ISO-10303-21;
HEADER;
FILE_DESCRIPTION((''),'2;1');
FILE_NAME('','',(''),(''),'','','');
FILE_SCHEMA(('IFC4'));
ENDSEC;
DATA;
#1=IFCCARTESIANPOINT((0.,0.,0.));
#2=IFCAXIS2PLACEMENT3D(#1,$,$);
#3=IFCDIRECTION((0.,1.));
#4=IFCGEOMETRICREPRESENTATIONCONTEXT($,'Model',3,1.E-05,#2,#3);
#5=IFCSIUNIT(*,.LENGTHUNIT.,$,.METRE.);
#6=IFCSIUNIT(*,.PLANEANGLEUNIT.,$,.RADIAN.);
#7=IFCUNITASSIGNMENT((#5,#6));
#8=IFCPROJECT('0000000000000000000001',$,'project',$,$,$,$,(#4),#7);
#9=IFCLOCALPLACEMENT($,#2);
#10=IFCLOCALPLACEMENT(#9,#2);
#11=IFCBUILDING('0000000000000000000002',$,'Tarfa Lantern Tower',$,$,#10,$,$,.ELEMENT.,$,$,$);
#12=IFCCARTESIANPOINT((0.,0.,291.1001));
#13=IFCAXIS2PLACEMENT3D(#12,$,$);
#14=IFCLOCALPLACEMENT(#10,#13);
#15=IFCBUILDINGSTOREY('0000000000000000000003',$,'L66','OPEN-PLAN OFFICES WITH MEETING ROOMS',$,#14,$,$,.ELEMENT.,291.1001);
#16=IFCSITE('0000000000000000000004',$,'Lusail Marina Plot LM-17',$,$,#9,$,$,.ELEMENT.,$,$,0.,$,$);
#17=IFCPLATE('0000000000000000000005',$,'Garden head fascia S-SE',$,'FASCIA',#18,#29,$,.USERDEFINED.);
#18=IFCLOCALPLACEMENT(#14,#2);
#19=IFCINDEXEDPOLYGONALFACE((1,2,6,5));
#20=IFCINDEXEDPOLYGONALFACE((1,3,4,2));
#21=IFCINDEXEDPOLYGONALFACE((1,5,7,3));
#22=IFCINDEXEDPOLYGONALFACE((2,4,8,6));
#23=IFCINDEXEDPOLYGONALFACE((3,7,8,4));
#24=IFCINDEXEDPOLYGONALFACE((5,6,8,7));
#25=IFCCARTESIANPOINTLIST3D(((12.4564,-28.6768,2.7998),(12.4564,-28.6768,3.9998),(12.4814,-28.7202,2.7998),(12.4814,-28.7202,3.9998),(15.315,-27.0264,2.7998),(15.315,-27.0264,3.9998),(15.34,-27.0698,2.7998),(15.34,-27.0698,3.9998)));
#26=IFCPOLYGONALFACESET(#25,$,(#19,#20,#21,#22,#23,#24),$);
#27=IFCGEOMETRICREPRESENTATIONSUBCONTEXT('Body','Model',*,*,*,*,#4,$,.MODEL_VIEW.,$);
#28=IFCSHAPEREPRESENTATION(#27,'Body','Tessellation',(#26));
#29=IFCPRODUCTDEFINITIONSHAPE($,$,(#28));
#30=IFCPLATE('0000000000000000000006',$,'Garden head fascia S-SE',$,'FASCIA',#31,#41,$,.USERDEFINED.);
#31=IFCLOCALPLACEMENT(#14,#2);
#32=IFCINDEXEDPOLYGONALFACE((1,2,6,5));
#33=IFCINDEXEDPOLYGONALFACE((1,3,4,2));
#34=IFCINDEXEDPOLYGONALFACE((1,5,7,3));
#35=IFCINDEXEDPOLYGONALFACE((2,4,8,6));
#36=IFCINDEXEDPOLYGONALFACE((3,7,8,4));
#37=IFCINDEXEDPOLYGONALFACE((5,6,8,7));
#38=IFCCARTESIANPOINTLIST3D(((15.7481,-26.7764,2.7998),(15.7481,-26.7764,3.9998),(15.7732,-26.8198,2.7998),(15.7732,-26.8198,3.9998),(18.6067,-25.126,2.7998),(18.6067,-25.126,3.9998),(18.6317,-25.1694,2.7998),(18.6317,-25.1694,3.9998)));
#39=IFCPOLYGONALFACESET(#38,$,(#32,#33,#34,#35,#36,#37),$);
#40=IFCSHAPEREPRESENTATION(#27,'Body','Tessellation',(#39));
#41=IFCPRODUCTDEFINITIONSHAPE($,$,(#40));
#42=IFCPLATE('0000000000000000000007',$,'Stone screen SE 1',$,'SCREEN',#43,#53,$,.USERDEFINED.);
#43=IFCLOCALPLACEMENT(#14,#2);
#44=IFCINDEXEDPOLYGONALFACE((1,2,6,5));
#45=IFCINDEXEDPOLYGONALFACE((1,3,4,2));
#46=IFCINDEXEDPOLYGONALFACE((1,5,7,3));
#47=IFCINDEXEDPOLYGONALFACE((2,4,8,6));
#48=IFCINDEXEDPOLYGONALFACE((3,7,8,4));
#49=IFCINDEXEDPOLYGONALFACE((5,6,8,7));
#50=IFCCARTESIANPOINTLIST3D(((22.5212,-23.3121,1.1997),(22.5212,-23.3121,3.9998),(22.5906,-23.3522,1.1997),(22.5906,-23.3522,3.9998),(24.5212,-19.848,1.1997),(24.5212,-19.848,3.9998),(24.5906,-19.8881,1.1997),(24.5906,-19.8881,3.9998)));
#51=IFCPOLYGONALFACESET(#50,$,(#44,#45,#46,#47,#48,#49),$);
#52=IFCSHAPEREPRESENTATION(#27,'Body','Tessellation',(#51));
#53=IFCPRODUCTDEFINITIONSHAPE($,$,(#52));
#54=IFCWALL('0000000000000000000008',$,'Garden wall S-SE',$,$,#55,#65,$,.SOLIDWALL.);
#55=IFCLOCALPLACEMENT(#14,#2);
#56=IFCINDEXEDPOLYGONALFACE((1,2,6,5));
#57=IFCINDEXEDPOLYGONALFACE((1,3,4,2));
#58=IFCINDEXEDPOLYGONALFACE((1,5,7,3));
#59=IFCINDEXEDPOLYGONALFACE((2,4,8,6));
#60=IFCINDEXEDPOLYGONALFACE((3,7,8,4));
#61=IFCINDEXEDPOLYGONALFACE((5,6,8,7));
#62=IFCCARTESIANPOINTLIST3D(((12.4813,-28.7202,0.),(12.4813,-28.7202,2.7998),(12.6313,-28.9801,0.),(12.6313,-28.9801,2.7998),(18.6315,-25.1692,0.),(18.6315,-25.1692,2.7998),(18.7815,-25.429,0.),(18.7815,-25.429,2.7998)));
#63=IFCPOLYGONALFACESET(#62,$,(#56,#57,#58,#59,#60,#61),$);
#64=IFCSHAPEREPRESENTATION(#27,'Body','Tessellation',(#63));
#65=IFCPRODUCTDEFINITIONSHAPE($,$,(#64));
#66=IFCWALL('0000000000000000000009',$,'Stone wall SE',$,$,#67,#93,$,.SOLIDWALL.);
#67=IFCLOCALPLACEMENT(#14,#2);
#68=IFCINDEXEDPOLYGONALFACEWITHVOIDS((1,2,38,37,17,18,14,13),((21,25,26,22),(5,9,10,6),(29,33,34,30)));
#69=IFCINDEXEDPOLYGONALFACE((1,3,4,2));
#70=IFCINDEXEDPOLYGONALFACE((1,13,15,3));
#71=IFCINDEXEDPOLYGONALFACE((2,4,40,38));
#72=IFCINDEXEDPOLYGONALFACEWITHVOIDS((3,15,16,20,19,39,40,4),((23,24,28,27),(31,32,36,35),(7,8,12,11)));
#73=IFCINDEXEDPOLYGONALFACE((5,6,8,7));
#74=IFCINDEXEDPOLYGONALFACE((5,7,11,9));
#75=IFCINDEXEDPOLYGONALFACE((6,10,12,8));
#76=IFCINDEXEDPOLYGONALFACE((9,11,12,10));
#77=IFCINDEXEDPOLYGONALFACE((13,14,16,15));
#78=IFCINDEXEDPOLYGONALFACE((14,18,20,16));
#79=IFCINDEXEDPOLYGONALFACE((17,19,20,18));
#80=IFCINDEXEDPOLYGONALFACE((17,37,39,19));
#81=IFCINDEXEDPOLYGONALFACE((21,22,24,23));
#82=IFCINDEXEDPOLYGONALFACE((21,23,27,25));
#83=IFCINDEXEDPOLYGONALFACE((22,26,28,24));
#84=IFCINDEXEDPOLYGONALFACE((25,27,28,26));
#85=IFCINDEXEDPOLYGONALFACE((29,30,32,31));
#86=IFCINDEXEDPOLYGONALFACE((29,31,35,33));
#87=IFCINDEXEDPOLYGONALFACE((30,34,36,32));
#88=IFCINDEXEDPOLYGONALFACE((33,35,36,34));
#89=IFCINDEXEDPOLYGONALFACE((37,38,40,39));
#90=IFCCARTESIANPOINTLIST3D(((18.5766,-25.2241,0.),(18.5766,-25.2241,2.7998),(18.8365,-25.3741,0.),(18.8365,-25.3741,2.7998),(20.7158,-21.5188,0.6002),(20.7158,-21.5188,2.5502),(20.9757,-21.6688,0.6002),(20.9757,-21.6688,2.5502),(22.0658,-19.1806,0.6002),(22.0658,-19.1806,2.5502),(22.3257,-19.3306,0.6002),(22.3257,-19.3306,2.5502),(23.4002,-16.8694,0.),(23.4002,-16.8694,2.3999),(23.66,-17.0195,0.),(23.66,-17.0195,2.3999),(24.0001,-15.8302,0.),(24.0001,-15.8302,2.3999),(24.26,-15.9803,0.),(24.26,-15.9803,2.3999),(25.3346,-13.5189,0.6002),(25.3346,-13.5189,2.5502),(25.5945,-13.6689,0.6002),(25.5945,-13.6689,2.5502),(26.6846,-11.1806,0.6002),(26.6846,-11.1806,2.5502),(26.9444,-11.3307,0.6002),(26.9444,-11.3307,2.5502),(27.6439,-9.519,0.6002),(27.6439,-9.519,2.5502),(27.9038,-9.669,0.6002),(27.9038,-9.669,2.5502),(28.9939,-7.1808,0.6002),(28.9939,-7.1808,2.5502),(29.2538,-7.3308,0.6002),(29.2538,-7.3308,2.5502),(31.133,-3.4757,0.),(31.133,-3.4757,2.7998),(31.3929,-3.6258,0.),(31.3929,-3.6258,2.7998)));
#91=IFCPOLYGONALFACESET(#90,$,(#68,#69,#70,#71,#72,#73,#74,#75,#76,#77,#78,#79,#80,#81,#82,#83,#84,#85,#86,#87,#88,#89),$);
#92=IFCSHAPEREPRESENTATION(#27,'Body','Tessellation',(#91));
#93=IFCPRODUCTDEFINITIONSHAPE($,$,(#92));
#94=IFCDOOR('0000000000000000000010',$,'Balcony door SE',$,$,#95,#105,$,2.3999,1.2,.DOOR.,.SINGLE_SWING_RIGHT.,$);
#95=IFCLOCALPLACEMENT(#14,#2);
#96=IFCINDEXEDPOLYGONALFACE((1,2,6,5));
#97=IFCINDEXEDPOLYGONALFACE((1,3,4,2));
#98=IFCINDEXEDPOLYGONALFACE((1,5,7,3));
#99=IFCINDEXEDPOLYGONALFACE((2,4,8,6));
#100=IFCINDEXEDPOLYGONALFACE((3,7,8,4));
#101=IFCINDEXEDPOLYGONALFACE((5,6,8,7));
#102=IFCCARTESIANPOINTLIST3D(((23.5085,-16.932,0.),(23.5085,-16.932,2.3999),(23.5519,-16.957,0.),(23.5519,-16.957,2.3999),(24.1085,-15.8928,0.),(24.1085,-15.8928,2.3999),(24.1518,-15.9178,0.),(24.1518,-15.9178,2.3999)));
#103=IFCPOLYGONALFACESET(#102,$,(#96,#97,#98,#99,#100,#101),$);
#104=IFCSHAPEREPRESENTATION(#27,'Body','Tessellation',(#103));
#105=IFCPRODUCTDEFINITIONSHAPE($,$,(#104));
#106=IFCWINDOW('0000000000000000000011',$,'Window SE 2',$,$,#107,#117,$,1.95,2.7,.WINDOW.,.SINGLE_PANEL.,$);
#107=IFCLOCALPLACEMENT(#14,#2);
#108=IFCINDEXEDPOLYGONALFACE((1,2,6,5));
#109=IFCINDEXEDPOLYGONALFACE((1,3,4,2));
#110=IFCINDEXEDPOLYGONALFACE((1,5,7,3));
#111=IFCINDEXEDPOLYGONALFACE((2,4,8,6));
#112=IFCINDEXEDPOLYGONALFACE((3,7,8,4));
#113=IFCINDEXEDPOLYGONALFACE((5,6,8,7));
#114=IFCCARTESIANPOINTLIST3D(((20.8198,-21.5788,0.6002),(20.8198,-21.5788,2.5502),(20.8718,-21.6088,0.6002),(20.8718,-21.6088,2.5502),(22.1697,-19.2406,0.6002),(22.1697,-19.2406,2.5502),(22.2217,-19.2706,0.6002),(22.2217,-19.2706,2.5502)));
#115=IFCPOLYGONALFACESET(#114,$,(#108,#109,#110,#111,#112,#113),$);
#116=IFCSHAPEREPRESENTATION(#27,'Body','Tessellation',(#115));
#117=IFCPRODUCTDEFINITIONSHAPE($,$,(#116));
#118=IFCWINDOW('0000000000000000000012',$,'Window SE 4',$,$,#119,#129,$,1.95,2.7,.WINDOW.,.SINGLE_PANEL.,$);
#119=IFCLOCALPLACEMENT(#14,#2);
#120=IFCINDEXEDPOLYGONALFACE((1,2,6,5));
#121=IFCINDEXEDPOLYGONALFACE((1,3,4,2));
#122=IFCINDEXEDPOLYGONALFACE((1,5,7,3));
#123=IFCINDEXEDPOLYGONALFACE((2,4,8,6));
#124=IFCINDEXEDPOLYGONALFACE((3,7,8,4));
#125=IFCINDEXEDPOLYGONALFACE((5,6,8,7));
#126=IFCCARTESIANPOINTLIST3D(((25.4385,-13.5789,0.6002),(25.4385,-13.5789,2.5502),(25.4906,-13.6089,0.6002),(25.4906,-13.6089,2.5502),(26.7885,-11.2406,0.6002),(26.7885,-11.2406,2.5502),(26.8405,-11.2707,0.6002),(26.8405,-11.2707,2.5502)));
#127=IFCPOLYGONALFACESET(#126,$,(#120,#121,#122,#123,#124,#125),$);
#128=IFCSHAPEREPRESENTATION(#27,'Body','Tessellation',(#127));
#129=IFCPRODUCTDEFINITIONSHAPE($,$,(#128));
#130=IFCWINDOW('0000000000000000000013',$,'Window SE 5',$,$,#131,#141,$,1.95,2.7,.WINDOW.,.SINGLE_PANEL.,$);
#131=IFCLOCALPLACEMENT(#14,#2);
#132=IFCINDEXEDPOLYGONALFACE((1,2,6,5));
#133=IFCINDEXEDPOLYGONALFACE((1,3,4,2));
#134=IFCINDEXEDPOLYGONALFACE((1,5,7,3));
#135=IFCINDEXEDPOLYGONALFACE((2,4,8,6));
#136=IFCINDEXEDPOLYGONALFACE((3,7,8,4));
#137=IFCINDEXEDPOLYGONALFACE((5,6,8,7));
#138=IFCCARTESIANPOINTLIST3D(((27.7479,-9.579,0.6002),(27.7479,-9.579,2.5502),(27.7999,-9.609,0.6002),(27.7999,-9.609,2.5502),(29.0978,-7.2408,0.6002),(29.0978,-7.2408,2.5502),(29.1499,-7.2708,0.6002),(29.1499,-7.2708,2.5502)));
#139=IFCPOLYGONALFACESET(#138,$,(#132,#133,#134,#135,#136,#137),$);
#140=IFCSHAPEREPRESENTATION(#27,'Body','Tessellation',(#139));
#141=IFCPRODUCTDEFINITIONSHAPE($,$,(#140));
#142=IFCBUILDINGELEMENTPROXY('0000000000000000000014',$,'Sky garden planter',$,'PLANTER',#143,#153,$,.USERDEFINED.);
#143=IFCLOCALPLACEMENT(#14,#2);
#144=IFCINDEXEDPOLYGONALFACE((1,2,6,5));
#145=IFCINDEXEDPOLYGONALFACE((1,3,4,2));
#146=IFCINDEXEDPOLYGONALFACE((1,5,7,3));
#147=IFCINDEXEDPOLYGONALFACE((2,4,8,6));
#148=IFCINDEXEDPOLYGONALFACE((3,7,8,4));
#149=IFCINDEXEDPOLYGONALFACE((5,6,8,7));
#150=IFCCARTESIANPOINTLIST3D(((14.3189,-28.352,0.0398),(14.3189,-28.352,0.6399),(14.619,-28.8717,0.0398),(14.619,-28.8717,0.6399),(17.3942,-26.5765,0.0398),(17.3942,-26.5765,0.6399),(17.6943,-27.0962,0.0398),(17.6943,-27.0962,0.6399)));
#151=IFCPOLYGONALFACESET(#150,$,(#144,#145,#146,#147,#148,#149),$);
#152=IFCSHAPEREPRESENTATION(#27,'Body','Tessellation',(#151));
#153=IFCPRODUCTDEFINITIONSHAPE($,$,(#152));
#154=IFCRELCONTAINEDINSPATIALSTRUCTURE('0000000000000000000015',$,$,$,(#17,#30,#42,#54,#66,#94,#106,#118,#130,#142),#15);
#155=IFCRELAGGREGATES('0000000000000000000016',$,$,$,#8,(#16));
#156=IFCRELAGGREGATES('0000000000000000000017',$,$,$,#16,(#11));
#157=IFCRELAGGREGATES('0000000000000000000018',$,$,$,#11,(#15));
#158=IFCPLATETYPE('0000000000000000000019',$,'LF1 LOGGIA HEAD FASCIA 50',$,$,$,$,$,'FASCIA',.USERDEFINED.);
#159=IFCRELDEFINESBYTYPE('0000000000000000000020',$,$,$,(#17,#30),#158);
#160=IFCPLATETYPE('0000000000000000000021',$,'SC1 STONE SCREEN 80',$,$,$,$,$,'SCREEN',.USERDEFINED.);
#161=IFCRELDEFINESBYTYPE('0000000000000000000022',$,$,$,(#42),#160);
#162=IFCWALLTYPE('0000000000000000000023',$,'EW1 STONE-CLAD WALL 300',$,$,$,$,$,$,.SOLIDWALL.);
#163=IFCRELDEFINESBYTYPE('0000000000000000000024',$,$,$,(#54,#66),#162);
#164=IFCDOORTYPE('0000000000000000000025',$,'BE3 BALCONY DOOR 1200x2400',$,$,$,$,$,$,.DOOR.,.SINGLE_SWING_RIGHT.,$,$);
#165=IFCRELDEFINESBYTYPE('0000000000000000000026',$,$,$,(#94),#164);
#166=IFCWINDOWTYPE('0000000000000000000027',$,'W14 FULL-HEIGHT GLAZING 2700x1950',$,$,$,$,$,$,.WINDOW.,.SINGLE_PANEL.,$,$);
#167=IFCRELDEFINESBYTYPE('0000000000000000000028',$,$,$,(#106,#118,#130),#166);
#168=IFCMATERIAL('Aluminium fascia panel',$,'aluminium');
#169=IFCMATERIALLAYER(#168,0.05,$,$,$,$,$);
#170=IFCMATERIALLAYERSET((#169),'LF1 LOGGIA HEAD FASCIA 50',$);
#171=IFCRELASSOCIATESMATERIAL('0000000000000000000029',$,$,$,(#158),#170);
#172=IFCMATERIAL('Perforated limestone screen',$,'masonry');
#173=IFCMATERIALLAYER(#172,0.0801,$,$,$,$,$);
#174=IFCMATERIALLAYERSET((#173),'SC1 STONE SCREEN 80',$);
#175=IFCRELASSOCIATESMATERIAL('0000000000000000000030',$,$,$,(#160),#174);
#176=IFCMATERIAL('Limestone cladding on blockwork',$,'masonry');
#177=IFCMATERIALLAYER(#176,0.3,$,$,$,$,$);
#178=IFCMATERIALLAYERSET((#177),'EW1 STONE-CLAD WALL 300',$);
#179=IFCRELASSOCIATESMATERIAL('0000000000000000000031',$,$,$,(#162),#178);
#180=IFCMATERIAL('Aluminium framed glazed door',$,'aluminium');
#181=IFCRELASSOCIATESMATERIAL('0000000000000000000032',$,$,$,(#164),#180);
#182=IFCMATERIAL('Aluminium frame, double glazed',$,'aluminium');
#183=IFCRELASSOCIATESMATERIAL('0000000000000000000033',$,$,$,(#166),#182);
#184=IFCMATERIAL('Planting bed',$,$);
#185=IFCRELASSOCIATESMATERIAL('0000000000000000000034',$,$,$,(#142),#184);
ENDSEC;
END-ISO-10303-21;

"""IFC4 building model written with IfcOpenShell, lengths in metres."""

from ifc_helpers import new_model, si_unit, direction, frame, frame_2d, origin, origin_2d, place, context, subcontext, project, spatial, rectangle, extrude, material, layer, layer_set, type_object, element, fill, save


model = new_model("IFC4")

# Units and contexts
model_context = context("Model", 3, precision=1e-05, world=origin(), true_north=direction((0.0, 1.0)))
body_context = subcontext(model_context, "Body", "Model", "MODEL_VIEW")
ifc_project = project(units=[si_unit("LENGTHUNIT", "METRE"), si_unit("PLANEANGLEUNIT", "RADIAN")], contexts=[model_context])

# Site, building, storey
site_placement = place(None, origin())
site = spatial("IfcSite", under=ifc_project, at=site_placement, Name="Lusail Marina Plot LM-17", CompositionType="ELEMENT", RefElevation=0.0)
building_placement = place(site_placement, origin())
building = spatial("IfcBuilding", under=site, at=building_placement, Name="Tarfa Lantern Tower", CompositionType="ELEMENT")
storey_placement = place(building_placement, frame((0.0, 0.0, 291.1001)))
storey = spatial("IfcBuildingStorey", under=building, at=storey_placement, Name="L66", Description="OPEN-PLAN OFFICES WITH MEETING ROOMS", CompositionType="ELEMENT", Elevation=291.1001)

# Plates
ifc_material_1 = material(Name="Aluminium fascia panel", Category="aluminium")
ifc_layer_1 = layer(ifc_material_1, 0.05)
ifc_layer_set_1 = layer_set([ifc_layer_1], Name="LF1 LOGGIA HEAD FASCIA 50")
plate_type_1 = type_object("IfcPlateType", Name="LF1 LOGGIA HEAD FASCIA 50", ElementType="FASCIA", PredefinedType="USERDEFINED", material=ifc_layer_set_1)
for number, where, z_axis, x_axis, name in (
    (1, (13.8982, -27.8733, 2.7998), (0.0, 0.0, 1.0), (0.866025, 0.5, 0.0), "Garden head fascia S-SE"),
    (2, (17.1899, -25.9729, 2.7998), (0.0, 0.0, 1.0), (0.866025, 0.5, 0.0), "Garden head fascia S-SE"),
):
    element("IfcPlate", number, at=place(storey_placement, frame(where, z_axis=z_axis, x_axis=x_axis)), inside=storey, type_object=plate_type_1, Name=name, ObjectType="FASCIA", PredefinedType="USERDEFINED", context=body_context, shape_type="SweptSolid", body=[
        extrude(rectangle(XDim=3.3008, YDim=0.05, at=origin_2d()), origin(), (0.0, 0.0, 1.0), 1.2),
    ])
ifc_material_2 = material(Name="Perforated limestone screen", Category="masonry")
ifc_layer_2 = layer(ifc_material_2, 0.0801)
ifc_layer_set_2 = layer_set([ifc_layer_2], Name="SC1 STONE SCREEN 80")
plate_type_2 = type_object("IfcPlateType", Name="SC1 STONE SCREEN 80", ElementType="SCREEN", PredefinedType="USERDEFINED", material=ifc_layer_set_2)
plate_placement = place(storey_placement, frame((23.5559, -21.6001, 1.1997), z_axis=(0.0, 0.0, 1.0), x_axis=(0.5, 0.866025, 0.0)))
element("IfcPlate", 3, at=plate_placement, inside=storey, type_object=plate_type_2, Name="Stone screen SE 1", ObjectType="SCREEN", PredefinedType="USERDEFINED", context=body_context, shape_type="SweptSolid", body=[
    extrude(rectangle(XDim=4.0, YDim=0.0801, at=origin_2d()), origin(), (0.0, 0.0, 1.0), 2.8),
])

# Wall
ifc_material_3 = material(Name="Limestone cladding on blockwork", Category="masonry")
ifc_layer_3 = layer(ifc_material_3, 0.3)
ifc_layer_set_3 = layer_set([ifc_layer_3], Name="EW1 STONE-CLAD WALL 300")
wall_type = type_object("IfcWallType", Name="EW1 STONE-CLAD WALL 300", PredefinedType="SOLIDWALL", material=ifc_layer_set_3)
wall_1_placement = place(storey_placement, frame((12.5564, -28.8501, 0.0), z_axis=(0.0, 0.0, 1.0), x_axis=(0.866011, 0.500025, 0.0)))
element("IfcWall", 4, at=wall_1_placement, inside=storey, type_object=wall_type, Name="Garden wall S-SE", PredefinedType="SOLIDWALL", context=body_context, shape_type="SweptSolid", body=[
    extrude(rectangle(XDim=7.1018, YDim=0.3, at=frame_2d((3.5508, 0.0))), origin(), (0.0, 0.0, 1.0), 2.7998),
])

# Wall, openings, door, windows
wall_2_placement = place(storey_placement, frame((18.7065, -25.2991, 0.0), z_axis=(0.0, 0.0, 1.0), x_axis=(0.5, 0.866025, 0.0)))
wall_2 = element("IfcWall", 5, at=wall_2_placement, inside=storey, type_object=wall_type, Name="Stone wall SE", PredefinedType="SOLIDWALL", context=body_context, shape_type="SweptSolid", body=[
    extrude(rectangle(XDim=25.1128, YDim=0.3, at=frame_2d((12.5564, 0.0))), origin(), (0.0, 0.0, 1.0), 2.7998),
])
opening_1_placement = place(wall_2_placement, frame((4.2783, 0.0, 0.6001)))
opening_1 = element("IfcOpeningElement", 6, at=opening_1_placement, cuts=wall_2, PredefinedType="OPENING", context=body_context, shape_type="SweptSolid", body=[
    extrude(rectangle(XDim=2.7, YDim=1.95, at=frame_2d((1.3501, 0.9751))), frame((0.0, 0.1599, 0.0), z_axis=(0.0, -1.0, 0.0), x_axis=(1.0, 0.0, 0.0)), (0.0, 0.0, 1.0), 0.3201),
])
opening_2_placement = place(wall_2_placement, frame((9.647, 0.0, 0.0)))
opening_2 = element("IfcOpeningElement", 7, at=opening_2_placement, cuts=wall_2, PredefinedType="OPENING", context=body_context, shape_type="SweptSolid", body=[
    extrude(rectangle(XDim=1.2, YDim=2.3999, at=frame_2d((0.6001, 1.2))), frame((0.0, 0.1599, 0.0), z_axis=(0.0, -1.0, 0.0), x_axis=(1.0, 0.0, 0.0)), (0.0, 0.0, 1.0), 0.3201),
])
opening_3_placement = place(wall_2_placement, frame((13.5159, 0.0, 0.6001)))
opening_3 = element("IfcOpeningElement", 8, at=opening_3_placement, cuts=wall_2, PredefinedType="OPENING", context=body_context, shape_type="SweptSolid", body=[
    extrude(rectangle(XDim=2.7, YDim=1.95, at=frame_2d((1.3501, 0.9751))), frame((0.0, 0.1599, 0.0), z_axis=(0.0, -1.0, 0.0), x_axis=(1.0, 0.0, 0.0)), (0.0, 0.0, 1.0), 0.3201),
])
opening_4_placement = place(wall_2_placement, frame((18.1345, 0.0, 0.6001)))
opening_4 = element("IfcOpeningElement", 9, at=opening_4_placement, cuts=wall_2, PredefinedType="OPENING", context=body_context, shape_type="SweptSolid", body=[
    extrude(rectangle(XDim=2.7, YDim=1.95, at=frame_2d((1.3501, 0.9751))), frame((0.0, 0.1599, 0.0), z_axis=(0.0, -1.0, 0.0), x_axis=(1.0, 0.0, 0.0)), (0.0, 0.0, 1.0), 0.3201),
])
ifc_material_4 = material(Name="Aluminium framed glazed door", Category="aluminium")
door_type = type_object("IfcDoorType", Name="BE3 BALCONY DOOR 1200x2400", OperationType="SINGLE_SWING_RIGHT", PredefinedType="DOOR", material=ifc_material_4)
door_placement = place(opening_2_placement, origin())
door = element("IfcDoor", 10, at=door_placement, inside=storey, type_object=door_type, Name="Balcony door SE", OperationType="SINGLE_SWING_RIGHT", OverallHeight=2.3999, OverallWidth=1.2, PredefinedType="DOOR", context=body_context, shape_type="SweptSolid", body=[
    extrude(rectangle(XDim=1.2, YDim=2.3999, at=frame_2d((0.6001, 1.2))), frame((0.0, 0.0249, 0.0), z_axis=(0.0, -1.0, 0.0), x_axis=(1.0, 0.0, 0.0)), (0.0, 0.0, 1.0), 0.05),
])
fill(opening_2, door)
ifc_material_5 = material(Name="Aluminium frame, double glazed", Category="aluminium")
window_type = type_object("IfcWindowType", Name="W14 FULL-HEIGHT GLAZING 2700x1950", PartitioningType="SINGLE_PANEL", PredefinedType="WINDOW", material=ifc_material_5)
window_1_placement = place(opening_1_placement, origin())
window_1 = element("IfcWindow", 11, at=window_1_placement, inside=storey, type_object=window_type, Name="Window SE 2", OverallHeight=1.95, OverallWidth=2.7, PartitioningType="SINGLE_PANEL", PredefinedType="WINDOW", context=body_context, shape_type="SweptSolid", body=[
    extrude(rectangle(XDim=2.7, YDim=1.95, at=frame_2d((1.3501, 0.9751))), frame((0.0, 0.03, 0.0), z_axis=(0.0, -1.0, 0.0), x_axis=(1.0, 0.0, 0.0)), (0.0, 0.0, 1.0), 0.0601),
])
fill(opening_1, window_1)
window_2_placement = place(opening_3_placement, origin())
window_2 = element("IfcWindow", 12, at=window_2_placement, inside=storey, type_object=window_type, Name="Window SE 4", OverallHeight=1.95, OverallWidth=2.7, PartitioningType="SINGLE_PANEL", PredefinedType="WINDOW", context=body_context, shape_type="SweptSolid", body=[
    extrude(rectangle(XDim=2.7, YDim=1.95, at=frame_2d((1.3501, 0.9751))), frame((0.0, 0.03, 0.0), z_axis=(0.0, -1.0, 0.0), x_axis=(1.0, 0.0, 0.0)), (0.0, 0.0, 1.0), 0.0601),
])
fill(opening_3, window_2)
window_3_placement = place(opening_4_placement, origin())
window_3 = element("IfcWindow", 13, at=window_3_placement, inside=storey, type_object=window_type, Name="Window SE 5", OverallHeight=1.95, OverallWidth=2.7, PartitioningType="SINGLE_PANEL", PredefinedType="WINDOW", context=body_context, shape_type="SweptSolid", body=[
    extrude(rectangle(XDim=2.7, YDim=1.95, at=frame_2d((1.3501, 0.9751))), frame((0.0, 0.03, 0.0), z_axis=(0.0, -1.0, 0.0), x_axis=(1.0, 0.0, 0.0)), (0.0, 0.0, 1.0), 0.0601),
])
fill(opening_4, window_3)

# Building element proxy
ifc_material_6 = material(Name="Planting bed")
proxy_placement = place(storey_placement, frame((16.0066, -27.7241, 0.0398), z_axis=(0.0, 0.0, 1.0), x_axis=(0.866025, 0.5, 0.0)))
element("IfcBuildingElementProxy", 14, at=proxy_placement, inside=storey, material=ifc_material_6, Name="Sky garden planter", ObjectType="PLANTER", PredefinedType="USERDEFINED", context=body_context, shape_type="SweptSolid", body=[
    extrude(rectangle(XDim=3.551, YDim=0.6001, at=origin_2d()), origin(), (0.0, 0.0, 1.0), 0.6001),
])

save(model, "model.ifc")
